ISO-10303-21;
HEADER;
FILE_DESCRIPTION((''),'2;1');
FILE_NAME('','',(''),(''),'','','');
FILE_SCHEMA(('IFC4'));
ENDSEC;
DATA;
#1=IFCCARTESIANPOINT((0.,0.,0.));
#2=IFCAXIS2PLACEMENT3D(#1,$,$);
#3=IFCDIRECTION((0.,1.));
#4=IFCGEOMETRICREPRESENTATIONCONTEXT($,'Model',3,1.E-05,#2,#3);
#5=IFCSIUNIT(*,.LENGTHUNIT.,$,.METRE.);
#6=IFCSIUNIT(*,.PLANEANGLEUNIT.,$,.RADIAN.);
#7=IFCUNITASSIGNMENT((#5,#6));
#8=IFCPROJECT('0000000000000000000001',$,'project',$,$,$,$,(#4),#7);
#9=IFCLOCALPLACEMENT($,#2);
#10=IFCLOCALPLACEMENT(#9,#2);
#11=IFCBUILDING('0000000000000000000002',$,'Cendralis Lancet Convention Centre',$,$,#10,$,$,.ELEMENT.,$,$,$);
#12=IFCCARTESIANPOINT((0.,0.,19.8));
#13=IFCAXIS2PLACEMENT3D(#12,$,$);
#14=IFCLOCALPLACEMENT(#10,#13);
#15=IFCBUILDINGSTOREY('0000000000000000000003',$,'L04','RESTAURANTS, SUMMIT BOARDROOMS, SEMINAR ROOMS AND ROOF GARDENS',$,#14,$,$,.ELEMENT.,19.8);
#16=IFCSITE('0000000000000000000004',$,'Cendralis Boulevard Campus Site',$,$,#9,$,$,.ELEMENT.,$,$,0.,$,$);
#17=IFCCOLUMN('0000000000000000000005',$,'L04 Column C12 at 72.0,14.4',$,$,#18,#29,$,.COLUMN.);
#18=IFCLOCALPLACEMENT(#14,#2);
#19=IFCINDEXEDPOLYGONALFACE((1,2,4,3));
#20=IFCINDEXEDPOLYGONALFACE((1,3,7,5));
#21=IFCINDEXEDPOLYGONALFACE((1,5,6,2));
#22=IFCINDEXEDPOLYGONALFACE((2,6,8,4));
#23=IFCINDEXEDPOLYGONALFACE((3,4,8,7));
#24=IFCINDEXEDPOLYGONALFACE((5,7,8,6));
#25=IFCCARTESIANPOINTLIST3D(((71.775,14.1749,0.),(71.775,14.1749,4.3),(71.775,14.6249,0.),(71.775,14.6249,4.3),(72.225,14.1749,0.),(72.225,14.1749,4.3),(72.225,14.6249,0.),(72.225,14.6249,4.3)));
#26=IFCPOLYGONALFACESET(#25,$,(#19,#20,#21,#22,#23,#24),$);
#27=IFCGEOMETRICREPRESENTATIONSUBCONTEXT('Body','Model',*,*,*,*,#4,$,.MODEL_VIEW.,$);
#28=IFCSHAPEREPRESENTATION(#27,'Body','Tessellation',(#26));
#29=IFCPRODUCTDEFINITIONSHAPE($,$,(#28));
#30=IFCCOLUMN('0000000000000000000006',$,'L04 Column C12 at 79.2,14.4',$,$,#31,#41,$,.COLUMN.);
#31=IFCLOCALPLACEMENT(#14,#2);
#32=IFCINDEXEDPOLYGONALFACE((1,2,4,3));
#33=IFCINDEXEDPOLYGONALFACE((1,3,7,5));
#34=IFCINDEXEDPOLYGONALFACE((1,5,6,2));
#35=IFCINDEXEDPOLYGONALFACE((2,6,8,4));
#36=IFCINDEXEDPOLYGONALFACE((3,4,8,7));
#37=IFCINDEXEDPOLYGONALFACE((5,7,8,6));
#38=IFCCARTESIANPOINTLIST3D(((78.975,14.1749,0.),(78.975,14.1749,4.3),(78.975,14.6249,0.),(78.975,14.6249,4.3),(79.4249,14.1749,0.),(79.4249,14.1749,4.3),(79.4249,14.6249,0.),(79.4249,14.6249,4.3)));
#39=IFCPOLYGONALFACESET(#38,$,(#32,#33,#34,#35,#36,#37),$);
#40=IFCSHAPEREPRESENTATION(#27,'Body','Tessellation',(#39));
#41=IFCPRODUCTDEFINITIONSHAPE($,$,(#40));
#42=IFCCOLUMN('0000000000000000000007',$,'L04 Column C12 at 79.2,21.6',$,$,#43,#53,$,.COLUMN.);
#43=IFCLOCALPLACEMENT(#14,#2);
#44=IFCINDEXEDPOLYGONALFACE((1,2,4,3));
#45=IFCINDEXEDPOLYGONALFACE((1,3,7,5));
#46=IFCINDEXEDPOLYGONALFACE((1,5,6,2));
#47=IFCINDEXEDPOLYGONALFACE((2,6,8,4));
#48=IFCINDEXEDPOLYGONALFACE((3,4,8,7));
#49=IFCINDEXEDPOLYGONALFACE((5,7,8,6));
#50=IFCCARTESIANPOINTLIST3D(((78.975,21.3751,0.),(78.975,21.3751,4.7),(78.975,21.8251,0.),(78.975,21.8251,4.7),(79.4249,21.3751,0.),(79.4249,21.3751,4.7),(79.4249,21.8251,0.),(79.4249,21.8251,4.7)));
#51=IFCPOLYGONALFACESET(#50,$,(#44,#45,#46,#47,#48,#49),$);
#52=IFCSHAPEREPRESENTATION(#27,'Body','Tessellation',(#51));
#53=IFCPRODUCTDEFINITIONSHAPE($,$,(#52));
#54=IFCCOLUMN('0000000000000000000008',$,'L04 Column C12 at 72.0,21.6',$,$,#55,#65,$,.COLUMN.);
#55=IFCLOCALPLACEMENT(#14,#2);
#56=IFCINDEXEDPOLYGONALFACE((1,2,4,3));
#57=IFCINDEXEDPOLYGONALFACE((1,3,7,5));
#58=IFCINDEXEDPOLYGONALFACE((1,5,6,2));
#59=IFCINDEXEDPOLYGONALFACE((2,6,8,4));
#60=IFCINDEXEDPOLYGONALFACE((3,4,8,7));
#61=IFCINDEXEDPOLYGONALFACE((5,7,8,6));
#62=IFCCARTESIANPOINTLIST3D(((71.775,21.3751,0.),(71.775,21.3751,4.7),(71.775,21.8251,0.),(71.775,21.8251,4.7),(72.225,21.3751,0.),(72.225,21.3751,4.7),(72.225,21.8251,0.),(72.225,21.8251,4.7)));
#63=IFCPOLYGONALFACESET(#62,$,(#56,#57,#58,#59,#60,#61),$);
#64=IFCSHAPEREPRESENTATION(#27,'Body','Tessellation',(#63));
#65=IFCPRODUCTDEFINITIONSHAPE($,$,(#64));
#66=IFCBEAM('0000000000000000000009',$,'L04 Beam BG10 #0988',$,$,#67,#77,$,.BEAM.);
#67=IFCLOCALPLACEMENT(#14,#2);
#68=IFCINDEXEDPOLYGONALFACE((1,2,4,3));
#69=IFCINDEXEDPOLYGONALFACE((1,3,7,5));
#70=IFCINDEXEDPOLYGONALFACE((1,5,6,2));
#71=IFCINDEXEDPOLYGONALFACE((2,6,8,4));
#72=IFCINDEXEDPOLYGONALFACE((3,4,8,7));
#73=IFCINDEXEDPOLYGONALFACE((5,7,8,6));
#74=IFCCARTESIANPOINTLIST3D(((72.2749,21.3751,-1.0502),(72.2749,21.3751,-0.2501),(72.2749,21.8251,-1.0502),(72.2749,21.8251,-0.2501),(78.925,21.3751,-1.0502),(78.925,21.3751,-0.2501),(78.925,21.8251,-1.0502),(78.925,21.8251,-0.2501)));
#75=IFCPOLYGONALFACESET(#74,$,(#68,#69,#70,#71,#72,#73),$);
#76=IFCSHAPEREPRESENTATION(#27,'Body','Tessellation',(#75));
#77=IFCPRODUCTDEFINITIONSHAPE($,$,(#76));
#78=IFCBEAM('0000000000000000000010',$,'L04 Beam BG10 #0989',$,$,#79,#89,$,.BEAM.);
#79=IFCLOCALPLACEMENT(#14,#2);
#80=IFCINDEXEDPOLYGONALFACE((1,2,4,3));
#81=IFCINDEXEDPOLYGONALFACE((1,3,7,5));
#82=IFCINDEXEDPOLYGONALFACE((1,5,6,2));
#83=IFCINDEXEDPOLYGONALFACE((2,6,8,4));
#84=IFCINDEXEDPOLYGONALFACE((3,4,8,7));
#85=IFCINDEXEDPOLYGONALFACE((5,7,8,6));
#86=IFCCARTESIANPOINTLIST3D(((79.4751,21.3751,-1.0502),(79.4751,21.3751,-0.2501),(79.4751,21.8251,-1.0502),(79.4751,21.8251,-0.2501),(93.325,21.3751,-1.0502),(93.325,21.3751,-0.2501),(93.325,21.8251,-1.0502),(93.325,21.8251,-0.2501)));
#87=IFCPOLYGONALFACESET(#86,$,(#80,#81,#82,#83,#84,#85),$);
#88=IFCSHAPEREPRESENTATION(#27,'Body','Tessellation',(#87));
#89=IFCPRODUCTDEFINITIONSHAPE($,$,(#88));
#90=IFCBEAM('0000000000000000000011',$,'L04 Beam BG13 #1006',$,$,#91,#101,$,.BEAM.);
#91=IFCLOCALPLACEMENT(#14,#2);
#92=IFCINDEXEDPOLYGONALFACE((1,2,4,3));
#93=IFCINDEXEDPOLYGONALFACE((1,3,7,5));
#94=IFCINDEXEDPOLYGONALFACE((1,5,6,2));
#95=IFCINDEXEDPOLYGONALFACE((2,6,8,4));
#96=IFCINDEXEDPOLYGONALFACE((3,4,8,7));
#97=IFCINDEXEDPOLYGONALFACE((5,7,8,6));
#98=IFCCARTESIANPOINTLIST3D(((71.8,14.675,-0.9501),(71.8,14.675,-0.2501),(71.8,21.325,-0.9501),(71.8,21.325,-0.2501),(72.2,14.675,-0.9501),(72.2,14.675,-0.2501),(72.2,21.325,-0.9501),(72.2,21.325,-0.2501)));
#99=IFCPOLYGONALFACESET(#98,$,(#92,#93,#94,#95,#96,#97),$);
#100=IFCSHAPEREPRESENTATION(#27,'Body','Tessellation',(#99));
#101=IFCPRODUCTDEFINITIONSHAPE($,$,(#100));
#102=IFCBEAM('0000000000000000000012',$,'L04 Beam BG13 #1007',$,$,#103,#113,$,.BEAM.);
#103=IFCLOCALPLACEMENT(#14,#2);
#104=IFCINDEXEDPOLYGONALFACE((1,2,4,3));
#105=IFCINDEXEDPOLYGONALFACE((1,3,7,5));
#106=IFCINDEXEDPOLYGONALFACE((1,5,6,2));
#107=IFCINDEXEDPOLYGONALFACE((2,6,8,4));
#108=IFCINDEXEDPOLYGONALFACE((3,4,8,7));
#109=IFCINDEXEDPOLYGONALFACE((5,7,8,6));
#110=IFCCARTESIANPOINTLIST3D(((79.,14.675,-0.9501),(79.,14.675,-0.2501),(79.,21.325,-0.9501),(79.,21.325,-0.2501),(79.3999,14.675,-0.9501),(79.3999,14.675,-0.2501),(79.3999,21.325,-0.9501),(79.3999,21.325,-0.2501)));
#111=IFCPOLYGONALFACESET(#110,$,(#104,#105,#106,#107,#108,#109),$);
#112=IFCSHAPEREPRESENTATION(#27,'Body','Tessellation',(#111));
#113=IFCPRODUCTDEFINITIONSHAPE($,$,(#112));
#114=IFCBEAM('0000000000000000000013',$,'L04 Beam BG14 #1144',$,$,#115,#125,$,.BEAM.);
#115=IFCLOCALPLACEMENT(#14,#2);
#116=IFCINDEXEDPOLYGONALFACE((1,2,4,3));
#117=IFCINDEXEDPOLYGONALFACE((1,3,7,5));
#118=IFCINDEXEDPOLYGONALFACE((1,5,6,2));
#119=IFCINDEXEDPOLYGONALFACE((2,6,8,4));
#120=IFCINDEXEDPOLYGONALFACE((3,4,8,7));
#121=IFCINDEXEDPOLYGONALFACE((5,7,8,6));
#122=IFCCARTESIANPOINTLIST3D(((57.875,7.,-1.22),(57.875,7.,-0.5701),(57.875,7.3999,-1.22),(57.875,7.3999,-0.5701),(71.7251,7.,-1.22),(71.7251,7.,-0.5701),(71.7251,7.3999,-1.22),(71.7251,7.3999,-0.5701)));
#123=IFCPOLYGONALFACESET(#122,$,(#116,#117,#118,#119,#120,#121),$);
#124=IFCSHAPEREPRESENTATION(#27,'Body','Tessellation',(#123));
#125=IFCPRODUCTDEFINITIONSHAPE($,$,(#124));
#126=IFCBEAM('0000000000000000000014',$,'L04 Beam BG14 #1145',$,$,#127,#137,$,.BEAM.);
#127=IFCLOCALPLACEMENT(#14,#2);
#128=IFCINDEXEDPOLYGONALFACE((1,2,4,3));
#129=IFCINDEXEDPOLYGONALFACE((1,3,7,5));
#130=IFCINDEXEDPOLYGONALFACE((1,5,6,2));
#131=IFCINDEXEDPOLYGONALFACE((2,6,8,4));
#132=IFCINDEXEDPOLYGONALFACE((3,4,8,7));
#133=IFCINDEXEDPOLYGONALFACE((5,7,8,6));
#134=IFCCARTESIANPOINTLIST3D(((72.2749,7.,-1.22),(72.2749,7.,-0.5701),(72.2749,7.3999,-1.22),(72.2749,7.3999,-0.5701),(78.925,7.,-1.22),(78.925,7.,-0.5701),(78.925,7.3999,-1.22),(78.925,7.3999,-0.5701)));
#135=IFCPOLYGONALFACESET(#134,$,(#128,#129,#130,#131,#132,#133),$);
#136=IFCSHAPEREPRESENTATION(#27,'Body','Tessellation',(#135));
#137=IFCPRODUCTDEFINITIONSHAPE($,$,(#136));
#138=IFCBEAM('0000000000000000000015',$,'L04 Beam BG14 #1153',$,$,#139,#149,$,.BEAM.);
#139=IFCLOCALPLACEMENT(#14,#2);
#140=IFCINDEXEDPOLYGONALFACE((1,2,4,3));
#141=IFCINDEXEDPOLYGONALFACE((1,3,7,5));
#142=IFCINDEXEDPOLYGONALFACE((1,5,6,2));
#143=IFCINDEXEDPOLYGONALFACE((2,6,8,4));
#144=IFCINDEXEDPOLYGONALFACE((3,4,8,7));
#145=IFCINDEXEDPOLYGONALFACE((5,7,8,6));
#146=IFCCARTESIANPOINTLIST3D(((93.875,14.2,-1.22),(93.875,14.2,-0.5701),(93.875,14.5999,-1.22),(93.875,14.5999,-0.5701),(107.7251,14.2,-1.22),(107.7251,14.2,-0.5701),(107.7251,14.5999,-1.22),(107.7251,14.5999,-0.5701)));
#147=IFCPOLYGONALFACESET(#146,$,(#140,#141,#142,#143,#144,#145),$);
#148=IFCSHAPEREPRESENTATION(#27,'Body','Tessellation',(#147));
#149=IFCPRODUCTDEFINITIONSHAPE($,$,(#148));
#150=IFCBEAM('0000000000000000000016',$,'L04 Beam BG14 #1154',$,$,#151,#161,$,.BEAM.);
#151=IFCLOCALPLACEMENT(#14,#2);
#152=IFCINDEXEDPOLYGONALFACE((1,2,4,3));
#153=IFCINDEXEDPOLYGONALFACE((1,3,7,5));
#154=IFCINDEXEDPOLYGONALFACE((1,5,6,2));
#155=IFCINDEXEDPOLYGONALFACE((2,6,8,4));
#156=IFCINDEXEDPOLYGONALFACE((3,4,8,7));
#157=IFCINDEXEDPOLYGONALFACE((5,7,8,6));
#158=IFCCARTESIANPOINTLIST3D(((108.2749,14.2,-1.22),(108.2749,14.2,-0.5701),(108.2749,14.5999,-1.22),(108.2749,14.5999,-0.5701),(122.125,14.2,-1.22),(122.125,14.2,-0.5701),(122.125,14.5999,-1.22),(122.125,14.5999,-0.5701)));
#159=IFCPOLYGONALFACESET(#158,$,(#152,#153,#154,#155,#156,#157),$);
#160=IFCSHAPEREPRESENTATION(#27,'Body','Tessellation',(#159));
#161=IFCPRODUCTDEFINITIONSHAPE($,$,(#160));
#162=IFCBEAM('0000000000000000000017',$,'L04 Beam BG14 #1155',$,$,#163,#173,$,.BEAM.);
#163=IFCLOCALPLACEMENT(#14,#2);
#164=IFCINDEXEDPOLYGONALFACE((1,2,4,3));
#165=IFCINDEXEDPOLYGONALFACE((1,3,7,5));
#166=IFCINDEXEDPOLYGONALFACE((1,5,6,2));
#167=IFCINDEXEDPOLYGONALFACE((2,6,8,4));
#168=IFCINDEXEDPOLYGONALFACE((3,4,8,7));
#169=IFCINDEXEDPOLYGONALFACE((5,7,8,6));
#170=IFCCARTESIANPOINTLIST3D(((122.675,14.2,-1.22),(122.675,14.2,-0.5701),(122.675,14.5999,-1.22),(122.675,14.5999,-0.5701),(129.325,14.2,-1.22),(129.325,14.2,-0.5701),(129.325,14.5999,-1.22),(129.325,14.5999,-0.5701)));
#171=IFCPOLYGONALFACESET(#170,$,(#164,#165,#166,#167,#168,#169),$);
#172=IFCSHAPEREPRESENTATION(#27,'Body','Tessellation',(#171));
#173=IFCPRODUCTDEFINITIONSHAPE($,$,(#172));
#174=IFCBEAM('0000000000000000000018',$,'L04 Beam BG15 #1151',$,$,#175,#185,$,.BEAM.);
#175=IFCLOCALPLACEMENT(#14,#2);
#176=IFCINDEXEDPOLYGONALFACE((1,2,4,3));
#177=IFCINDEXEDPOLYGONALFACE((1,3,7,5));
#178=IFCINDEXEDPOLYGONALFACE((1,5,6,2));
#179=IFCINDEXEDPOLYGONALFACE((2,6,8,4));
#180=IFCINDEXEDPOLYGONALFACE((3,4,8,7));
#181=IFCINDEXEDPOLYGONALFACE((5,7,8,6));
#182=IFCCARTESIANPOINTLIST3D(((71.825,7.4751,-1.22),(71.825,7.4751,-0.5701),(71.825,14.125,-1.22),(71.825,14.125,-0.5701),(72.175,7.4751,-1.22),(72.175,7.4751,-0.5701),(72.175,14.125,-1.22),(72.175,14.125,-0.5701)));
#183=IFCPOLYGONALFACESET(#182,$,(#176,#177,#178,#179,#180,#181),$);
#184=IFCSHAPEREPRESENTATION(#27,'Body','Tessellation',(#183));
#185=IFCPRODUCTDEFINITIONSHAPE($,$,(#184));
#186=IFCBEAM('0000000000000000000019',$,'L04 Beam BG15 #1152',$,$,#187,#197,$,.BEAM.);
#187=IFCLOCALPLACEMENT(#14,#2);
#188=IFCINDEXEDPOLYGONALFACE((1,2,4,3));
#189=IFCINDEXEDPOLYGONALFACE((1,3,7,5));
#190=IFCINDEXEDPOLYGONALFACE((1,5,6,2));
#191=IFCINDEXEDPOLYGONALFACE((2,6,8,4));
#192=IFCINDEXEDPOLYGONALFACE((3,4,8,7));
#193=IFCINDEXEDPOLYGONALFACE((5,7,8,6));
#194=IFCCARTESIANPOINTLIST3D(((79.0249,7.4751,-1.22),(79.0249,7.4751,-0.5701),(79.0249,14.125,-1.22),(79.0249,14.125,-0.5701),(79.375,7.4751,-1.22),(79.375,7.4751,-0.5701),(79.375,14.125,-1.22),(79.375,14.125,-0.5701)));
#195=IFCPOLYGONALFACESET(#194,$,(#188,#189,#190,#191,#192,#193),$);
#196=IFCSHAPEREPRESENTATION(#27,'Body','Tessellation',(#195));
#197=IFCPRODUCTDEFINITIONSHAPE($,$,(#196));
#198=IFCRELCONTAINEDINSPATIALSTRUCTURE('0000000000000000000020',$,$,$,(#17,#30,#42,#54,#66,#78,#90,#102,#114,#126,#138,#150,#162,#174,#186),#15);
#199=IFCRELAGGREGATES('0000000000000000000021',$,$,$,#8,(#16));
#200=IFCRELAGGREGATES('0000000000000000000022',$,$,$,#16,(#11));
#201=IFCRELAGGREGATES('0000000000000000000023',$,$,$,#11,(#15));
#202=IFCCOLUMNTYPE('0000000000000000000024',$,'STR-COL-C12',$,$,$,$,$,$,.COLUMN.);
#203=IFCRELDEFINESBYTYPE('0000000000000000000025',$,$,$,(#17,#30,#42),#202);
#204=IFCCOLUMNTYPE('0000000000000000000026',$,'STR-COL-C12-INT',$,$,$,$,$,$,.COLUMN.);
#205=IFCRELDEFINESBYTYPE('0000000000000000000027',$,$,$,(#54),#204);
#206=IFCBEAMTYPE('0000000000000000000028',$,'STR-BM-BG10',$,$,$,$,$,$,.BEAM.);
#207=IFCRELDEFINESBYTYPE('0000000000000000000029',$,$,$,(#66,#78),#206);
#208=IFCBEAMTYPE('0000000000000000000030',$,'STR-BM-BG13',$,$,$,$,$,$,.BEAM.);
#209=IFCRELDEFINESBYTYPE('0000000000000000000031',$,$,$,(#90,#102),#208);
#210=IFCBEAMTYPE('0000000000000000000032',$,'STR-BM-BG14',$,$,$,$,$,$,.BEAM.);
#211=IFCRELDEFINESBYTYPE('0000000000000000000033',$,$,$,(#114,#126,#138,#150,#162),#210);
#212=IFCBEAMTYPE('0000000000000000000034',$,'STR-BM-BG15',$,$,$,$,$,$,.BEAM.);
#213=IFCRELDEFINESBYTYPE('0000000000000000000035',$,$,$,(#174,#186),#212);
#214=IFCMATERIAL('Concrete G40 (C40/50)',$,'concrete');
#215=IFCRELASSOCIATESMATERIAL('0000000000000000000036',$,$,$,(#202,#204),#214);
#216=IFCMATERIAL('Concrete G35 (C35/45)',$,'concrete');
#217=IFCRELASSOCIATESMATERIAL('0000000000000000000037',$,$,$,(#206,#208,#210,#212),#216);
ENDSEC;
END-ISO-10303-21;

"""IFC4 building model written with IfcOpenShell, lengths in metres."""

from ifc_helpers import new_model, si_unit, direction, frame, origin, origin_2d, place, context, subcontext, project, spatial, rectangle, extrude, material, material_profile, profile_set, type_object, element, save


model = new_model("IFC4")

# Units and contexts
model_context = context("Model", 3, precision=1e-05, world=origin(), true_north=direction((0.0, 1.0)))
body_context = subcontext(model_context, "Body", "Model", "MODEL_VIEW")
ifc_project = project(units=[si_unit("LENGTHUNIT", "METRE"), si_unit("PLANEANGLEUNIT", "RADIAN")], contexts=[model_context])

# Site, building, storey
site_placement = place(None, origin())
site = spatial("IfcSite", under=ifc_project, at=site_placement, Name="Cendralis Boulevard Campus Site", CompositionType="ELEMENT", RefElevation=0.0)
building_placement = place(site_placement, origin())
building = spatial("IfcBuilding", under=site, at=building_placement, Name="Cendralis Lancet Convention Centre", CompositionType="ELEMENT")
storey_placement = place(building_placement, frame((0.0, 0.0, 19.8)))
storey = spatial("IfcBuildingStorey", under=building, at=storey_placement, Name="L04", Description="RESTAURANTS, SUMMIT BOARDROOMS, SEMINAR ROOMS AND ROOF GARDENS", CompositionType="ELEMENT", Elevation=19.8)

# Columns
ifc_material_1 = material(Name="Concrete G40 (C40/50)", Category="concrete")
ifc_material_profile_1 = material_profile(ifc_material_1, rectangle(XDim=0.45, YDim=0.45, at=origin_2d()), Name="RC 450x450")
ifc_profile_set_1 = profile_set([ifc_material_profile_1], Name="Concrete G40 (C40/50)")
column_type_1 = type_object("IfcColumnType", Name="STR-COL-C12", PredefinedType="COLUMN", material=ifc_profile_set_1)
for number, where, z_axis, x_axis, name in (
    (1, (72.0, 14.3999, 0.0), (0.0, 0.0, 1.0), (1.0, 0.0, 0.0), "L04 Column C12 at 72.0,14.4"),
    (2, (79.2, 14.3999, 0.0), (0.0, 0.0, 1.0), (1.0, 0.0, 0.0), "L04 Column C12 at 79.2,14.4"),
):
    element("IfcColumn", number, at=place(storey_placement, frame(where, z_axis=z_axis, x_axis=x_axis)), inside=storey, type_object=column_type_1, Name=name, PredefinedType="COLUMN", context=body_context, shape_type="SweptSolid", body=[
        extrude(rectangle(XDim=0.45, YDim=0.45, at=origin_2d()), origin(), (0.0, 0.0, 1.0), 4.3),
    ])
column_1_placement = place(storey_placement, frame((79.2, 21.6001, 0.0), z_axis=(0.0, 0.0, 1.0), x_axis=(1.0, 0.0, 0.0)))
element("IfcColumn", 3, at=column_1_placement, inside=storey, type_object=column_type_1, Name="L04 Column C12 at 79.2,21.6", PredefinedType="COLUMN", context=body_context, shape_type="SweptSolid", body=[
    extrude(rectangle(XDim=0.45, YDim=0.45, at=origin_2d()), origin(), (0.0, 0.0, 1.0), 4.7),
])
ifc_material_profile_2 = material_profile(ifc_material_1, rectangle(XDim=0.45, YDim=0.45, at=origin_2d()), Name="RC 450x450")
ifc_profile_set_2 = profile_set([ifc_material_profile_2], Name="Concrete G40 (C40/50)")
column_type_2 = type_object("IfcColumnType", Name="STR-COL-C12-INT", PredefinedType="COLUMN", material=ifc_profile_set_2)
column_2_placement = place(storey_placement, frame((72.0, 21.6001, 0.0), z_axis=(0.0, 0.0, 1.0), x_axis=(1.0, 0.0, 0.0)))
element("IfcColumn", 4, at=column_2_placement, inside=storey, type_object=column_type_2, Name="L04 Column C12 at 72.0,21.6", PredefinedType="COLUMN", context=body_context, shape_type="SweptSolid", body=[
    extrude(rectangle(XDim=0.45, YDim=0.45, at=origin_2d()), origin(), (0.0, 0.0, 1.0), 4.7),
])

# Beams
ifc_material_2 = material(Name="Concrete G35 (C35/45)", Category="concrete")
ifc_material_profile_3 = material_profile(ifc_material_2, rectangle(XDim=0.45, YDim=0.8, at=origin_2d()), Name="RCB 450x800")
ifc_profile_set_3 = profile_set([ifc_material_profile_3], Name="Concrete G35 (C35/45)")
beam_type_1 = type_object("IfcBeamType", Name="STR-BM-BG10", PredefinedType="BEAM", material=ifc_profile_set_3)
beam_1_placement = place(storey_placement, frame((72.2749, 21.6001, -0.6501), z_axis=(1.0, 0.0, 0.0), x_axis=(0.0, 1.0, 0.0)))
element("IfcBeam", 5, at=beam_1_placement, inside=storey, type_object=beam_type_1, Name="L04 Beam BG10 #0988", PredefinedType="BEAM", context=body_context, shape_type="SweptSolid", body=[
    extrude(rectangle(XDim=0.45, YDim=0.8, at=origin_2d()), origin(), (0.0, 0.0, 1.0), 6.6501),
])
beam_2_placement = place(storey_placement, frame((79.4751, 21.6001, -0.6501), z_axis=(1.0, 0.0, 0.0), x_axis=(0.0, 1.0, 0.0)))
element("IfcBeam", 6, at=beam_2_placement, inside=storey, type_object=beam_type_1, Name="L04 Beam BG10 #0989", PredefinedType="BEAM", context=body_context, shape_type="SweptSolid", body=[
    extrude(rectangle(XDim=0.45, YDim=0.8, at=origin_2d()), origin(), (0.0, 0.0, 1.0), 13.8499),
])
ifc_material_profile_4 = material_profile(ifc_material_2, rectangle(XDim=0.3999, YDim=0.7, at=origin_2d()), Name="RCB 400x700")
ifc_profile_set_4 = profile_set([ifc_material_profile_4], Name="Concrete G35 (C35/45)")
beam_type_2 = type_object("IfcBeamType", Name="STR-BM-BG13", PredefinedType="BEAM", material=ifc_profile_set_4)
for number, where, z_axis, x_axis, name in (
    (7, (72.0, 14.675, -0.6001), (0.0, 1.0, 0.0), (-1.0, 0.0, 0.0), "L04 Beam BG13 #1006"),
    (8, (79.2, 14.675, -0.6001), (0.0, 1.0, 0.0), (-1.0, 0.0, 0.0), "L04 Beam BG13 #1007"),
):
    element("IfcBeam", number, at=place(storey_placement, frame(where, z_axis=z_axis, x_axis=x_axis)), inside=storey, type_object=beam_type_2, Name=name, PredefinedType="BEAM", context=body_context, shape_type="SweptSolid", body=[
        extrude(rectangle(XDim=0.3999, YDim=0.7, at=origin_2d()), origin(), (0.0, 0.0, 1.0), 6.6499),
    ])
ifc_material_profile_5 = material_profile(ifc_material_2, rectangle(XDim=0.3999, YDim=0.6499, at=origin_2d()), Name="RCB 400x650")
ifc_profile_set_5 = profile_set([ifc_material_profile_5], Name="Concrete G35 (C35/45)")
beam_type_3 = type_object("IfcBeamType", Name="STR-BM-BG14", PredefinedType="BEAM", material=ifc_profile_set_5)
beam_3_placement = place(storey_placement, frame((57.875, 7.2, -0.895), z_axis=(1.0, 0.0, 0.0), x_axis=(0.0, 1.0, 0.0)))
element("IfcBeam", 9, at=beam_3_placement, inside=storey, type_object=beam_type_3, Name="L04 Beam BG14 #1144", PredefinedType="BEAM", context=body_context, shape_type="SweptSolid", body=[
    extrude(rectangle(XDim=0.3999, YDim=0.6499, at=origin_2d()), origin(), (0.0, 0.0, 1.0), 13.8501),
])
beam_4_placement = place(storey_placement, frame((72.2749, 7.2, -0.895), z_axis=(1.0, 0.0, 0.0), x_axis=(0.0, 1.0, 0.0)))
element("IfcBeam", 10, at=beam_4_placement, inside=storey, type_object=beam_type_3, Name="L04 Beam BG14 #1145", PredefinedType="BEAM", context=body_context, shape_type="SweptSolid", body=[
    extrude(rectangle(XDim=0.3999, YDim=0.6499, at=origin_2d()), origin(), (0.0, 0.0, 1.0), 6.6501),
])
for number, where, z_axis, x_axis, name in (
    (11, (93.875, 14.3999, -0.895), (1.0, 0.0, 0.0), (0.0, 1.0, 0.0), "L04 Beam BG14 #1153"),
    (12, (108.2749, 14.3999, -0.895), (1.0, 0.0, 0.0), (0.0, 1.0, 0.0), "L04 Beam BG14 #1154"),
):
    element("IfcBeam", number, at=place(storey_placement, frame(where, z_axis=z_axis, x_axis=x_axis)), inside=storey, type_object=beam_type_3, Name=name, PredefinedType="BEAM", context=body_context, shape_type="SweptSolid", body=[
        extrude(rectangle(XDim=0.3999, YDim=0.6499, at=origin_2d()), origin(), (0.0, 0.0, 1.0), 13.8501),
    ])
beam_5_placement = place(storey_placement, frame((122.675, 14.3999, -0.895), z_axis=(1.0, 0.0, 0.0), x_axis=(0.0, 1.0, 0.0)))
element("IfcBeam", 13, at=beam_5_placement, inside=storey, type_object=beam_type_3, Name="L04 Beam BG14 #1155", PredefinedType="BEAM", context=body_context, shape_type="SweptSolid", body=[
    extrude(rectangle(XDim=0.3999, YDim=0.6499, at=origin_2d()), origin(), (0.0, 0.0, 1.0), 6.6499),
])
ifc_material_profile_6 = material_profile(ifc_material_2, rectangle(XDim=0.3501, YDim=0.6499, at=origin_2d()), Name="RCB 350x650")
ifc_profile_set_6 = profile_set([ifc_material_profile_6], Name="Concrete G35 (C35/45)")
beam_type_4 = type_object("IfcBeamType", Name="STR-BM-BG15", PredefinedType="BEAM", material=ifc_profile_set_6)
for number, where, z_axis, x_axis, name in (
    (14, (72.0, 7.4751, -0.895), (0.0, 1.0, 0.0), (-1.0, 0.0, 0.0), "L04 Beam BG15 #1151"),
    (15, (79.2, 7.4751, -0.895), (0.0, 1.0, 0.0), (-1.0, 0.0, 0.0), "L04 Beam BG15 #1152"),
):
    element("IfcBeam", number, at=place(storey_placement, frame(where, z_axis=z_axis, x_axis=x_axis)), inside=storey, type_object=beam_type_4, Name=name, PredefinedType="BEAM", context=body_context, shape_type="SweptSolid", body=[
        extrude(rectangle(XDim=0.3501, YDim=0.6499, at=origin_2d()), origin(), (0.0, 0.0, 1.0), 6.6499),
    ])

save(model, "model.ifc")
